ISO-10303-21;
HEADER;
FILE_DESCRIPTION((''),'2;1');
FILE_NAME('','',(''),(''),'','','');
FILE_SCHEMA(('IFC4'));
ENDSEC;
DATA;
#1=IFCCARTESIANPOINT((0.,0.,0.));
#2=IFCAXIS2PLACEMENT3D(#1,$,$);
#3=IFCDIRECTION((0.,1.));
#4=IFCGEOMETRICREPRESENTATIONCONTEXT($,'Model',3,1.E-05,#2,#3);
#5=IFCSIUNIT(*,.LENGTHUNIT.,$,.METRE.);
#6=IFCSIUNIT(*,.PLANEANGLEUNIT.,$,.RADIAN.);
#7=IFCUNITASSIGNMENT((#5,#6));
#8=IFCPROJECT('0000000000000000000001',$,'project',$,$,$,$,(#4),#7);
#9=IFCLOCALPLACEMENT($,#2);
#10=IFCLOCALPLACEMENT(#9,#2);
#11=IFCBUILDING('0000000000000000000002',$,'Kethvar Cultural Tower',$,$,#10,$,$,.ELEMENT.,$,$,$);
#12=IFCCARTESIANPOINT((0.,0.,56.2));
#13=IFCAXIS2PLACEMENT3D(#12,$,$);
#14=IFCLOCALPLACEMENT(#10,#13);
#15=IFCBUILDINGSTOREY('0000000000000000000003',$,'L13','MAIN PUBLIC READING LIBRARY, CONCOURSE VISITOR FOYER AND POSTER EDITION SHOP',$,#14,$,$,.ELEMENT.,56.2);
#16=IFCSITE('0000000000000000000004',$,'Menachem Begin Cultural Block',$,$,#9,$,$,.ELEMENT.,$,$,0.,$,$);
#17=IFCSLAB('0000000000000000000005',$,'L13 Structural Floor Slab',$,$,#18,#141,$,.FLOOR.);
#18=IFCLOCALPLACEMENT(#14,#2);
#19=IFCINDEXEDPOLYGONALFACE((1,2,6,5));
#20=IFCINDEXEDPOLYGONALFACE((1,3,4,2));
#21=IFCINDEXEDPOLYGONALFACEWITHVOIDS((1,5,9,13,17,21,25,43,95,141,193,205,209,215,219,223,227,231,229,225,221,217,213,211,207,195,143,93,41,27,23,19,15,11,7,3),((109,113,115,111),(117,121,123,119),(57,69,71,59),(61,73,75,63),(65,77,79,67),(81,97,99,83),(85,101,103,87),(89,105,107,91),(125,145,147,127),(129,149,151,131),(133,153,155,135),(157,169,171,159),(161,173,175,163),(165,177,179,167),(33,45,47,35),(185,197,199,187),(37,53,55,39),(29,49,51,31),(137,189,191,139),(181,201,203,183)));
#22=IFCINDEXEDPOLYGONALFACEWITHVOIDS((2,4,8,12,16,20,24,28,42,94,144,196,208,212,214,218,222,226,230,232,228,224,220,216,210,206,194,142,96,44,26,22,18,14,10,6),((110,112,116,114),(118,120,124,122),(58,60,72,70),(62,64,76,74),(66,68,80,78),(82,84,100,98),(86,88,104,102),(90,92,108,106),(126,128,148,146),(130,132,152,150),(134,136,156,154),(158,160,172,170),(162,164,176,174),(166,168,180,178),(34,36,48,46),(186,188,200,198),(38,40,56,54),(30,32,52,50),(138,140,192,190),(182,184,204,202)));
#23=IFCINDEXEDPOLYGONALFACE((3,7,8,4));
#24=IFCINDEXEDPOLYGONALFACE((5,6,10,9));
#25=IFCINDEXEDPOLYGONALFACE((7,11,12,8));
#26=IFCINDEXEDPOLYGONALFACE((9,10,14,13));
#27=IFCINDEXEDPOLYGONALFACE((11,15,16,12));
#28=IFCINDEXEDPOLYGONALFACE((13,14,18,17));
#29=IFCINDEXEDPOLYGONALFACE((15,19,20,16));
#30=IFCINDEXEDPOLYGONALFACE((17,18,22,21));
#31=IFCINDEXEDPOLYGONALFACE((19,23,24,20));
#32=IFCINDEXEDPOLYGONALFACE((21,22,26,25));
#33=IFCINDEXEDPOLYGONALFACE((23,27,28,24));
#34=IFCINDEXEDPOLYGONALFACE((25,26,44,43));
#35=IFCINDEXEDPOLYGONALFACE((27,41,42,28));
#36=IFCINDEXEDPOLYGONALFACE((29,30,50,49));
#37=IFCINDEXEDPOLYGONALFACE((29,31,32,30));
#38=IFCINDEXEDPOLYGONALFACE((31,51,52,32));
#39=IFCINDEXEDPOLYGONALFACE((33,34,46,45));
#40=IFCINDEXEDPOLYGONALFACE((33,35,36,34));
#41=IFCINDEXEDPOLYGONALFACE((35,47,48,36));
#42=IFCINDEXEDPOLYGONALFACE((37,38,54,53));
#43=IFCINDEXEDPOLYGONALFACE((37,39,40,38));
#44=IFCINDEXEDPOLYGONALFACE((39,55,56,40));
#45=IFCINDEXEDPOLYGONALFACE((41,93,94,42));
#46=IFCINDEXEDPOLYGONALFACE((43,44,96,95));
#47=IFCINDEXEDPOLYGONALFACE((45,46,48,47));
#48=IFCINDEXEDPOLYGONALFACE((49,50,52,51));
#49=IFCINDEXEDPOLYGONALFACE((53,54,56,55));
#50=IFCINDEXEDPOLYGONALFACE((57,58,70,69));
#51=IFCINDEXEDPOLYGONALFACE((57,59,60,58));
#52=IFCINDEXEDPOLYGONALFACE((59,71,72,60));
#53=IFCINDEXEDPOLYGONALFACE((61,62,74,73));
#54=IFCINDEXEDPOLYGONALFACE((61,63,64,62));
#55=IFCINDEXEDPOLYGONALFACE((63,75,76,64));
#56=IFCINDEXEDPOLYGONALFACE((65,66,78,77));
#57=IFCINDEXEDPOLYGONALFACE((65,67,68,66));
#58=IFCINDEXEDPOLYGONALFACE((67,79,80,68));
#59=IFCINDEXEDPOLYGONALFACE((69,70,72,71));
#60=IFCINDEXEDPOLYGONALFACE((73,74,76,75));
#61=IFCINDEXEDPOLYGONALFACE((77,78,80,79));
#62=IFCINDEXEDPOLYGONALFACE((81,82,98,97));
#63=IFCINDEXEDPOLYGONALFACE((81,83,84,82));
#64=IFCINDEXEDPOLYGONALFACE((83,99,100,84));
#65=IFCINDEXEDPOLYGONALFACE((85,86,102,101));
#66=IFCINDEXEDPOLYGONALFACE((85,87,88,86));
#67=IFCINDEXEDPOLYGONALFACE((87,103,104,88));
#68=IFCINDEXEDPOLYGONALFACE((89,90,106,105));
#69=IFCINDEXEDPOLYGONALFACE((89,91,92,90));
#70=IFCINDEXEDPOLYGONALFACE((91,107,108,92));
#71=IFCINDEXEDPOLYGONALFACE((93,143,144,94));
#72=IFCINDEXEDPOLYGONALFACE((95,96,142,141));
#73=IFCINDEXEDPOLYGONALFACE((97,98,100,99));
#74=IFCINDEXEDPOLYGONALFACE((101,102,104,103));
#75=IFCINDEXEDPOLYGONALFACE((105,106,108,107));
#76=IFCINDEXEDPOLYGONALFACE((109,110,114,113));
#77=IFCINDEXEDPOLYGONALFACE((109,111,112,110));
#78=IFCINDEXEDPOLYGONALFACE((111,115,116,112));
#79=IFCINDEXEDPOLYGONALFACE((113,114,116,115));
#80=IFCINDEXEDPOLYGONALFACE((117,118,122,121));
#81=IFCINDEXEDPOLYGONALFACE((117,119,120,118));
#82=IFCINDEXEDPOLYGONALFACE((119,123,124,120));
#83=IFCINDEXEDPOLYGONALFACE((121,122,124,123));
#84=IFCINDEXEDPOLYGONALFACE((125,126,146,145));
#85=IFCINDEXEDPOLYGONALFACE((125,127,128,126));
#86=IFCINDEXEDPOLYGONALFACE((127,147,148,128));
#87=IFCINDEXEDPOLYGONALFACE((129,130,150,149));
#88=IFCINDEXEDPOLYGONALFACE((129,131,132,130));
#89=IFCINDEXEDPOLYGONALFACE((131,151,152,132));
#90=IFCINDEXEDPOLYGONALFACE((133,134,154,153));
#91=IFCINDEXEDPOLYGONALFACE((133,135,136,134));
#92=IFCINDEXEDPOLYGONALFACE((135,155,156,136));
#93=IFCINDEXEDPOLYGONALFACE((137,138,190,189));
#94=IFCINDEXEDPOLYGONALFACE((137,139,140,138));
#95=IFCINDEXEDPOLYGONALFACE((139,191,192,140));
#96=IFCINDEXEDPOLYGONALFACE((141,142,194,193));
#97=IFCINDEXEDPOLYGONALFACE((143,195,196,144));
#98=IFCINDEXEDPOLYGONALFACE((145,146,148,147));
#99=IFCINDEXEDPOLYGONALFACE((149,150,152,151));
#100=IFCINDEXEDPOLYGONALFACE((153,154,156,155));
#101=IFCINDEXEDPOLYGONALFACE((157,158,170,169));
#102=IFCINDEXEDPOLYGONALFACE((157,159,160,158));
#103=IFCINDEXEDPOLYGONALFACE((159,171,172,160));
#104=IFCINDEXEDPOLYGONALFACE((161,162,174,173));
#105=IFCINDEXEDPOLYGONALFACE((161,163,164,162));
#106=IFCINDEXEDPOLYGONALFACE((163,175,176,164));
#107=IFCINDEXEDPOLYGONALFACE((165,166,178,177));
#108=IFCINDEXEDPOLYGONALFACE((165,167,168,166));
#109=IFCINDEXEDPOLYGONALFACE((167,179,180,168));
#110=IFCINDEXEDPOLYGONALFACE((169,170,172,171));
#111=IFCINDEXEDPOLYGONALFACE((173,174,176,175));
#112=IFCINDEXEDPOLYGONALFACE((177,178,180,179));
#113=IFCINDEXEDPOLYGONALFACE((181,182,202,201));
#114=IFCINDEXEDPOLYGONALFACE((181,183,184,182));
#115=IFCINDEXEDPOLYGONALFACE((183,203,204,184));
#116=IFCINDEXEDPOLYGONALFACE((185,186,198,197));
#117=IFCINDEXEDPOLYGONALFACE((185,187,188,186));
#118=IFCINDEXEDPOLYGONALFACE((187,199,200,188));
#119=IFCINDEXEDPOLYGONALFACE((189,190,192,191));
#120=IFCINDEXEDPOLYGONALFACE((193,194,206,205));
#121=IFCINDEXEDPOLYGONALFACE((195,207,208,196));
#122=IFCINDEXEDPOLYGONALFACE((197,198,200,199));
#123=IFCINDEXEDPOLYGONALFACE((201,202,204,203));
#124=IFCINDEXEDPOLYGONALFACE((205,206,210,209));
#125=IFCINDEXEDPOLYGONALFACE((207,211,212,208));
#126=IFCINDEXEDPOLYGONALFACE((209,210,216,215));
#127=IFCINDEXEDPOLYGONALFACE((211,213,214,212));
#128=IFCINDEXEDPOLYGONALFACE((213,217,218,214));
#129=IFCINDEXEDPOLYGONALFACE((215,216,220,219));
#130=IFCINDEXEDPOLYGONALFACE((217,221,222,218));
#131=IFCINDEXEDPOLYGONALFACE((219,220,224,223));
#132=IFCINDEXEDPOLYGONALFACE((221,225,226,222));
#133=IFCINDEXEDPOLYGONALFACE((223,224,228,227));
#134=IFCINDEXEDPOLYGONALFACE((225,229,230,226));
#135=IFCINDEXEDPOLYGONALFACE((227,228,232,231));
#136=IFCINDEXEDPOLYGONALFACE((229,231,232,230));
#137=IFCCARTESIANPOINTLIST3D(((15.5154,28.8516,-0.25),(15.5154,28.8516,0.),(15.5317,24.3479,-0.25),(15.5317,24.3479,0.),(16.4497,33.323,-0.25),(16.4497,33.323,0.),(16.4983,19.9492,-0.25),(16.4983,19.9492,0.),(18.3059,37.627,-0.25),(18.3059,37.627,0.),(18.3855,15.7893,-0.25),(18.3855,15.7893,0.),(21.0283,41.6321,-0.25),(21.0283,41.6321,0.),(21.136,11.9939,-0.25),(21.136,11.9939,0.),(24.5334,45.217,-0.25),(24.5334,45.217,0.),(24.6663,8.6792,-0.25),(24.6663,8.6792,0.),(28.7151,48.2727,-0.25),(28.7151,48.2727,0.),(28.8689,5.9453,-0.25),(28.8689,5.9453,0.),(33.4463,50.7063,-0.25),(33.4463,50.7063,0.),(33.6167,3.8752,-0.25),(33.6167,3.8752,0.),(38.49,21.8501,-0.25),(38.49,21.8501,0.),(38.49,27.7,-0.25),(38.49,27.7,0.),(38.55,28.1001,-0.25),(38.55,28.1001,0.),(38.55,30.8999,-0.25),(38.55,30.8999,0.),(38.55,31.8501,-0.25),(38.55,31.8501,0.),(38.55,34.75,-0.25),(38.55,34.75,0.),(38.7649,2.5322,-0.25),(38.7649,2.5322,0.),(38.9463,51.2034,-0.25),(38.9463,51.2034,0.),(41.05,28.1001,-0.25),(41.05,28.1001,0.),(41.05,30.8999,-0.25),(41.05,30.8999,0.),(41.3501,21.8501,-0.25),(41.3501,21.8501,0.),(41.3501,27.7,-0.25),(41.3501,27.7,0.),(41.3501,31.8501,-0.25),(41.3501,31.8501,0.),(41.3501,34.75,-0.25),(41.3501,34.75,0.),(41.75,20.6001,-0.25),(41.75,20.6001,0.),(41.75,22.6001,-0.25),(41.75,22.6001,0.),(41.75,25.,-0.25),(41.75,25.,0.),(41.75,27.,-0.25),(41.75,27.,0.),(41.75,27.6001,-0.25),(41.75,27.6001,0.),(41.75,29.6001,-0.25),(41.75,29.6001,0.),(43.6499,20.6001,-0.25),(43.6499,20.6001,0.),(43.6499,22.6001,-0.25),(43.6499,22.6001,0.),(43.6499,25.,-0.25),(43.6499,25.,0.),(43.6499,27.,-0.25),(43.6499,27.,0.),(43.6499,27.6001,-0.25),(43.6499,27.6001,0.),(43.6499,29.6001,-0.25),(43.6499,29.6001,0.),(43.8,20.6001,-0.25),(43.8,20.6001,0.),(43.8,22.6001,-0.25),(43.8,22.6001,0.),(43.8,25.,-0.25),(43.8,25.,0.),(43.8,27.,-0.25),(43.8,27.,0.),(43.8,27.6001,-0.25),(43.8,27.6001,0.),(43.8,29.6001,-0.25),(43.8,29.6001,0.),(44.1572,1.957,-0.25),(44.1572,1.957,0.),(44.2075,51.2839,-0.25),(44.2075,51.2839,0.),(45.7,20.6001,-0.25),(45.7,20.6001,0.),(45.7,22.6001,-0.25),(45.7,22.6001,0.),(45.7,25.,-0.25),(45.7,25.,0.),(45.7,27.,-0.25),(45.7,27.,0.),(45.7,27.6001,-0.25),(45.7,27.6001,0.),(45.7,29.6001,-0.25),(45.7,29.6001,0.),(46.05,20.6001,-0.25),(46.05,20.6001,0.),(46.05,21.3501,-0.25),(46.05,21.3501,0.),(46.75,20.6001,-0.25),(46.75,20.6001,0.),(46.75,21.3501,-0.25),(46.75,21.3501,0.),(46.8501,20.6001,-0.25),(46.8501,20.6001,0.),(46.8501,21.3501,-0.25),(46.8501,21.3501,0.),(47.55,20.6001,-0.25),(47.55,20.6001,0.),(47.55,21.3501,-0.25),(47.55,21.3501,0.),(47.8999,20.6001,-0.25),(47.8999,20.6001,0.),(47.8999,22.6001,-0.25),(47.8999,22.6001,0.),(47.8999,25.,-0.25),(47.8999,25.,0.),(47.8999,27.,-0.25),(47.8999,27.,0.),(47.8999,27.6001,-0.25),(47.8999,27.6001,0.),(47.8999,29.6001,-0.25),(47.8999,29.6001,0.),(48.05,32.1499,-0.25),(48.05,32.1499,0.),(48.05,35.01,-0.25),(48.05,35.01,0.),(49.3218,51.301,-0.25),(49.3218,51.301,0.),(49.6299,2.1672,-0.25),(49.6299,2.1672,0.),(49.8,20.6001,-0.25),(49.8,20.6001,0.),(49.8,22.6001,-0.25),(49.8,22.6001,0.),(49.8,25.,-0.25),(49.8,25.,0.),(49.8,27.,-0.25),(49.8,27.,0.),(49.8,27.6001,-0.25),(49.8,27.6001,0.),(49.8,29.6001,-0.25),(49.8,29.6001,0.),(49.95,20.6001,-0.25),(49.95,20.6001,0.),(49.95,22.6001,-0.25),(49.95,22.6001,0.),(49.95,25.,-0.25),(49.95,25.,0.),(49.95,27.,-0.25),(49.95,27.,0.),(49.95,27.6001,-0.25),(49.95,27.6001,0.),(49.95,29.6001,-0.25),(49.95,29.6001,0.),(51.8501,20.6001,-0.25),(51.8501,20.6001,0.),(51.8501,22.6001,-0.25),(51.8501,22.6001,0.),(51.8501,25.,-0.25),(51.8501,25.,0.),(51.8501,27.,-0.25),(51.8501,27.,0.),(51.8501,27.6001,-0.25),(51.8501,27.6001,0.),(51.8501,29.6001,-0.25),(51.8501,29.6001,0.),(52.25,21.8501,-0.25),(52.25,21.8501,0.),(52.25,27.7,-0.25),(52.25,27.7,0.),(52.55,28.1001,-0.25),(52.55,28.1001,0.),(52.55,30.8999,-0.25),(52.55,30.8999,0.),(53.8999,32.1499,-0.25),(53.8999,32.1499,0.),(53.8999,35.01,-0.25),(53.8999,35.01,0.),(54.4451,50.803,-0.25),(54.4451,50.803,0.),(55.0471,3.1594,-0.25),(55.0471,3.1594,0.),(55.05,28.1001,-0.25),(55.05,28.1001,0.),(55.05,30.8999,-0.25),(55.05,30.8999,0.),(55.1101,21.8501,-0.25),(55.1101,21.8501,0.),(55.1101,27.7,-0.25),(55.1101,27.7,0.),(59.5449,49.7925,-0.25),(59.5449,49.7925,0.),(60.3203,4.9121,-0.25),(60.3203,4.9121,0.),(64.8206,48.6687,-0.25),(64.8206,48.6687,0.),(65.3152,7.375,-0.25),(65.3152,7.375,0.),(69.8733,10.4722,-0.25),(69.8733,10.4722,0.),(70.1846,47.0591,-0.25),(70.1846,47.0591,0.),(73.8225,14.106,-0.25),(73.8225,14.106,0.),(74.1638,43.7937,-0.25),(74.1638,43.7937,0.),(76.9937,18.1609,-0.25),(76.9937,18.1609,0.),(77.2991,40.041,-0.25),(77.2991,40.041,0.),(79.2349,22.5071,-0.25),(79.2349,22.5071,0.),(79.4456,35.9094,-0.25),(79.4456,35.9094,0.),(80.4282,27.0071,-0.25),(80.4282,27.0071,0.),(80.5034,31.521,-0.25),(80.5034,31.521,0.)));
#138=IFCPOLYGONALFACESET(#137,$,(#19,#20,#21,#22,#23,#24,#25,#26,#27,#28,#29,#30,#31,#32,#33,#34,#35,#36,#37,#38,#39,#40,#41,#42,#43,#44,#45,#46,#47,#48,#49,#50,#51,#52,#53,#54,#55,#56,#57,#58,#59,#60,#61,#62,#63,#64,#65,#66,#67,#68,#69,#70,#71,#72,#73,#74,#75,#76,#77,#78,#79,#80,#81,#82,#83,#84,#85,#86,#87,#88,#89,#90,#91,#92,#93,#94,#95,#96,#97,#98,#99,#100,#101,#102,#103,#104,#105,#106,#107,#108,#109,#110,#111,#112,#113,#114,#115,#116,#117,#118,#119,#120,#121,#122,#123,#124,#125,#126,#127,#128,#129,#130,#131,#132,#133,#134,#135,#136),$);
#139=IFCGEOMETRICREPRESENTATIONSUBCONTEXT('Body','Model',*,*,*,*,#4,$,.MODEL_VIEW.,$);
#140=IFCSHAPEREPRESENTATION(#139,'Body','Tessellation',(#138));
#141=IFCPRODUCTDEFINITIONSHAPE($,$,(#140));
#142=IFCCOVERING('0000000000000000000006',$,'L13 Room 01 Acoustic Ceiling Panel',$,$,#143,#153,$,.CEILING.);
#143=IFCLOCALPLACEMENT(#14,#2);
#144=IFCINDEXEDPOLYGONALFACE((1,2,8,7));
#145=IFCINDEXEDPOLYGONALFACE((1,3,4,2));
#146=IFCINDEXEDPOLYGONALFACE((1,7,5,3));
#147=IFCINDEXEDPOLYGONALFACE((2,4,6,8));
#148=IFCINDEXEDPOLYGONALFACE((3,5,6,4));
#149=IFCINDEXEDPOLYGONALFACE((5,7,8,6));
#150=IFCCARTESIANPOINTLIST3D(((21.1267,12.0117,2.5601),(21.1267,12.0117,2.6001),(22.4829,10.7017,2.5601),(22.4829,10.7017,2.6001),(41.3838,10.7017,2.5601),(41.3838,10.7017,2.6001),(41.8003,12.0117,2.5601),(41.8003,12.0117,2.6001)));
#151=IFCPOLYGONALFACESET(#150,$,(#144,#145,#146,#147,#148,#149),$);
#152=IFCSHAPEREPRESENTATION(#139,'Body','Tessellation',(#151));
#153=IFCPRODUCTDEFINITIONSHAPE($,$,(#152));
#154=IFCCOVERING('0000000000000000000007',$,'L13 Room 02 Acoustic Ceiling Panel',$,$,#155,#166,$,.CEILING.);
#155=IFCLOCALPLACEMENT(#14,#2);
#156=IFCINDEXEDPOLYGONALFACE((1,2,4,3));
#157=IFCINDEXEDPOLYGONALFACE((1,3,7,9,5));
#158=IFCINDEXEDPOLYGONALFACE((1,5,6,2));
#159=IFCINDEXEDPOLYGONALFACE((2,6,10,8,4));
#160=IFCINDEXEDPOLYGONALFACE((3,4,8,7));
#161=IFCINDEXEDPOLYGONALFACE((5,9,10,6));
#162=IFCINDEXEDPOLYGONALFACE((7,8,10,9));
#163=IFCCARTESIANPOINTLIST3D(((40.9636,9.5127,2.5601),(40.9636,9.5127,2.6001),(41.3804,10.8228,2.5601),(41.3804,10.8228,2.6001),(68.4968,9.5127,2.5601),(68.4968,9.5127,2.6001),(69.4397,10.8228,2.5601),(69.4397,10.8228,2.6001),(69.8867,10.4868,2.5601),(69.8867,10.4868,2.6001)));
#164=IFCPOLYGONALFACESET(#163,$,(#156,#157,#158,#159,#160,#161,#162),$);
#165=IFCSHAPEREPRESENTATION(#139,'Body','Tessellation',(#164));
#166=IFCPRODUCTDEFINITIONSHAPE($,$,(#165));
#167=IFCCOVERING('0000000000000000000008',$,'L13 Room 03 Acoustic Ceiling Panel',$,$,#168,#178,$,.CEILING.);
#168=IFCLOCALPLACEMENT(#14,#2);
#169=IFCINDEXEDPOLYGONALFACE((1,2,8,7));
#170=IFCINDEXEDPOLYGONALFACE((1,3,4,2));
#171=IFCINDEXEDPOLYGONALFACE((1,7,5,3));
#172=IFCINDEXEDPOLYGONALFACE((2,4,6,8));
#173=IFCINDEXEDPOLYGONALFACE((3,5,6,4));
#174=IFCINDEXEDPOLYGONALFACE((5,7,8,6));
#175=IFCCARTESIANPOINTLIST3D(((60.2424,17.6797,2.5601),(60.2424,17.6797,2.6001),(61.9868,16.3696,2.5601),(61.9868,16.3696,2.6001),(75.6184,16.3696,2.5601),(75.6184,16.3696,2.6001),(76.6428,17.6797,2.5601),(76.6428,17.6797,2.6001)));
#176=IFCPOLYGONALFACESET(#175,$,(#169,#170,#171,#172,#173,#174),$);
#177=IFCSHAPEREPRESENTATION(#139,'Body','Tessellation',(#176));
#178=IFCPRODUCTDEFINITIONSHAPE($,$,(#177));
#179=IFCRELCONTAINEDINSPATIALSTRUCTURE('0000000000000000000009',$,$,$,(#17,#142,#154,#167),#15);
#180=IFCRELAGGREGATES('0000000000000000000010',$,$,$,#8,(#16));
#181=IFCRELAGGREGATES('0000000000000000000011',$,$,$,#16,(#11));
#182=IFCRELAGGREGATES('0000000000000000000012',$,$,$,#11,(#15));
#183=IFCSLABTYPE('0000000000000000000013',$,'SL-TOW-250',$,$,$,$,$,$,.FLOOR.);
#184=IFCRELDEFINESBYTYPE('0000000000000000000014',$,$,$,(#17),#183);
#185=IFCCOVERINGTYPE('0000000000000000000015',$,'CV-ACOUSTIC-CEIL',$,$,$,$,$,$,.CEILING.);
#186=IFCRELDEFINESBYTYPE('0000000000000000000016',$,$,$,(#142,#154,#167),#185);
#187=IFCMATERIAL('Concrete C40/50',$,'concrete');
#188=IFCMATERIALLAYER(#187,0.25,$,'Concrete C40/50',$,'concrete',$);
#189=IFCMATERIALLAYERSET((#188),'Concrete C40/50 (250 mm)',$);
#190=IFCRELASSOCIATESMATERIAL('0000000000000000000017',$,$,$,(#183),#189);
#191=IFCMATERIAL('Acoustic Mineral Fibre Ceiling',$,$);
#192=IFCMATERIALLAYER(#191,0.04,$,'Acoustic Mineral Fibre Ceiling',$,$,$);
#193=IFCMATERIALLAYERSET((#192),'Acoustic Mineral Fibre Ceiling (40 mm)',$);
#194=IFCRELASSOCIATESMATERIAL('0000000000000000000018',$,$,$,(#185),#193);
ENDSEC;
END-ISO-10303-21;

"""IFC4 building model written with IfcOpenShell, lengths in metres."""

from ifc_helpers import new_model, si_unit, direction, frame, origin, place, context, subcontext, project, spatial, polyline, outline, extrude, material, layer, layer_set, type_object, element, save


model = new_model("IFC4")

# Units and contexts
model_context = context("Model", 3, precision=1e-05, world=origin(), true_north=direction((0.0, 1.0)))
body_context = subcontext(model_context, "Body", "Model", "MODEL_VIEW")
ifc_project = project(units=[si_unit("LENGTHUNIT", "METRE"), si_unit("PLANEANGLEUNIT", "RADIAN")], contexts=[model_context])

# Site, building, storey
site_placement = place(None, origin())
site = spatial("IfcSite", under=ifc_project, at=site_placement, Name="Menachem Begin Cultural Block", CompositionType="ELEMENT", RefElevation=0.0)
building_placement = place(site_placement, origin())
building = spatial("IfcBuilding", under=site, at=building_placement, Name="Kethvar Cultural Tower", CompositionType="ELEMENT")
storey_placement = place(building_placement, frame((0.0, 0.0, 56.2)))
storey = spatial("IfcBuildingStorey", under=building, at=storey_placement, Name="L13", Description="MAIN PUBLIC READING LIBRARY, CONCOURSE VISITOR FOYER AND POSTER EDITION SHOP", CompositionType="ELEMENT", Elevation=56.2)

# Shared definitions
ifc_material_1 = material(Name="Concrete C40/50", Category="concrete")

# Slab
ifc_layer_1 = layer(ifc_material_1, 0.25, Name="Concrete C40/50", Category="concrete")
ifc_layer_set_1 = layer_set([ifc_layer_1], Name="Concrete C40/50 (250 mm)")
slab_type_1 = type_object("IfcSlabType", Name="SL-TOW-250", PredefinedType="FLOOR", material=ifc_layer_set_1)
slab_1_placement = place(storey_placement, frame((0.0, 0.0, -0.25)))
element("IfcSlab", 1, at=slab_1_placement, inside=storey, type_object=slab_type_1, Name="L13 Structural Floor Slab", PredefinedType="FLOOR", context=body_context, shape_type="SweptSolid", body=[
    extrude(outline(polyline([(80.5034, 31.521), (79.4456, 35.9094), (77.2991, 40.041), (74.1638, 43.7937), (70.1846, 47.0591), (64.8206, 48.6687), (59.5449, 49.7925), (54.4451, 50.803), (49.3218, 51.301), (44.2075, 51.2839), (38.9463, 51.2034), (33.4463, 50.7063), (28.7151, 48.2727), (24.5334, 45.217), (21.0283, 41.6321), (18.3059, 37.627), (16.4497, 33.323), (15.5154, 28.8516), (15.5317, 24.3479), (16.4983, 19.9492), (18.3855, 15.7893), (21.136, 11.9939), (24.6663, 8.6792), (28.8689, 5.9453), (33.6167, 3.8752), (38.7649, 2.5322), (44.1572, 1.957), (49.6299, 2.1672), (55.0471, 3.1594), (60.3203, 4.9121), (65.3152, 7.375), (69.8733, 10.4722), (73.8225, 14.106), (76.9937, 18.1609), (79.2349, 22.5071), (80.4282, 27.0071), (80.5034, 31.521)]), holes=[polyline([(38.49, 21.8501), (38.49, 27.7), (41.3501, 27.7), (41.3501, 21.8501), (38.49, 21.8501)]), polyline([(52.25, 21.8501), (52.25, 27.7), (55.1101, 27.7), (55.1101, 21.8501), (52.25, 21.8501)]), polyline([(53.8999, 32.1499), (48.05, 32.1499), (48.05, 35.01), (53.8999, 35.01), (53.8999, 32.1499)]), polyline([(41.75, 22.6001), (43.6499, 22.6001), (43.6499, 20.6001), (41.75, 20.6001), (41.75, 22.6001)]), polyline([(43.8, 22.6001), (45.7, 22.6001), (45.7, 20.6001), (43.8, 20.6001), (43.8, 22.6001)]), polyline([(47.8999, 22.6001), (49.8, 22.6001), (49.8, 20.6001), (47.8999, 20.6001), (47.8999, 22.6001)]), polyline([(49.95, 22.6001), (51.8501, 22.6001), (51.8501, 20.6001), (49.95, 20.6001), (49.95, 22.6001)]), polyline([(41.75, 27.0), (43.6499, 27.0), (43.6499, 25.0), (41.75, 25.0), (41.75, 27.0)]), polyline([(43.8, 27.0), (45.7, 27.0), (45.7, 25.0), (43.8, 25.0), (43.8, 27.0)]), polyline([(47.8999, 27.0), (49.8, 27.0), (49.8, 25.0), (47.8999, 25.0), (47.8999, 27.0)]), polyline([(49.95, 27.0), (51.8501, 27.0), (51.8501, 25.0), (49.95, 25.0), (49.95, 27.0)]), polyline([(41.75, 29.6001), (43.6499, 29.6001), (43.6499, 27.6001), (41.75, 27.6001), (41.75, 29.6001)]), polyline([(43.8, 29.6001), (45.7, 29.6001), (45.7, 27.6001), (43.8, 27.6001), (43.8, 29.6001)]), polyline([(47.8999, 29.6001), (49.8, 29.6001), (49.8, 27.6001), (47.8999, 27.6001), (47.8999, 29.6001)]), polyline([(49.95, 29.6001), (51.8501, 29.6001), (51.8501, 27.6001), (49.95, 27.6001), (49.95, 29.6001)]), polyline([(38.55, 30.8999), (41.05, 30.8999), (41.05, 28.1001), (38.55, 28.1001), (38.55, 30.8999)]), polyline([(52.55, 30.8999), (55.05, 30.8999), (55.05, 28.1001), (52.55, 28.1001), (52.55, 30.8999)]), polyline([(38.55, 34.75), (41.3501, 34.75), (41.3501, 31.8501), (38.55, 31.8501), (38.55, 34.75)]), polyline([(46.05, 21.3501), (46.75, 21.3501), (46.75, 20.6001), (46.05, 20.6001), (46.05, 21.3501)]), polyline([(46.8501, 21.3501), (47.55, 21.3501), (47.55, 20.6001), (46.8501, 20.6001), (46.8501, 21.3501)])]), origin(), (0.0, 0.0, 1.0), 0.25),
])

# Coverings
ifc_material_2 = material(Name="Acoustic Mineral Fibre Ceiling")
ifc_layer_2 = layer(ifc_material_2, 0.04, Name="Acoustic Mineral Fibre Ceiling")
ifc_layer_set_2 = layer_set([ifc_layer_2], Name="Acoustic Mineral Fibre Ceiling (40 mm)")
covering_type_1 = type_object("IfcCoveringType", Name="CV-ACOUSTIC-CEIL", PredefinedType="CEILING", material=ifc_layer_set_2)
covering_1_placement = place(storey_placement, frame((0.0, 0.0, 2.5601)))
element("IfcCovering", 2, at=covering_1_placement, inside=storey, type_object=covering_type_1, Name="L13 Room 01 Acoustic Ceiling Panel", PredefinedType="CEILING", context=body_context, shape_type="SweptSolid", body=[
    extrude(outline(polyline([(22.4829, 10.7017), (21.1267, 12.0117), (41.8003, 12.0117), (41.3838, 10.7017), (22.4829, 10.7017)])), origin(), (0.0, 0.0, 1.0), 0.04),
])
covering_2_placement = place(storey_placement, frame((0.0, 0.0, 2.5601)))
element("IfcCovering", 3, at=covering_2_placement, inside=storey, type_object=covering_type_1, Name="L13 Room 02 Acoustic Ceiling Panel", PredefinedType="CEILING", context=body_context, shape_type="SweptSolid", body=[
    extrude(outline(polyline([(69.8867, 10.4868), (68.4968, 9.5127), (40.9636, 9.5127), (41.3804, 10.8228), (69.4397, 10.8228), (69.8867, 10.4868)])), origin(), (0.0, 0.0, 1.0), 0.04),
])
covering_3_placement = place(storey_placement, frame((0.0, 0.0, 2.5601)))
element("IfcCovering", 4, at=covering_3_placement, inside=storey, type_object=covering_type_1, Name="L13 Room 03 Acoustic Ceiling Panel", PredefinedType="CEILING", context=body_context, shape_type="SweptSolid", body=[
    extrude(outline(polyline([(60.2424, 17.6797), (76.6428, 17.6797), (75.6184, 16.3696), (61.9868, 16.3696), (60.2424, 17.6797)])), origin(), (0.0, 0.0, 1.0), 0.04),
])

save(model, "model.ifc")
